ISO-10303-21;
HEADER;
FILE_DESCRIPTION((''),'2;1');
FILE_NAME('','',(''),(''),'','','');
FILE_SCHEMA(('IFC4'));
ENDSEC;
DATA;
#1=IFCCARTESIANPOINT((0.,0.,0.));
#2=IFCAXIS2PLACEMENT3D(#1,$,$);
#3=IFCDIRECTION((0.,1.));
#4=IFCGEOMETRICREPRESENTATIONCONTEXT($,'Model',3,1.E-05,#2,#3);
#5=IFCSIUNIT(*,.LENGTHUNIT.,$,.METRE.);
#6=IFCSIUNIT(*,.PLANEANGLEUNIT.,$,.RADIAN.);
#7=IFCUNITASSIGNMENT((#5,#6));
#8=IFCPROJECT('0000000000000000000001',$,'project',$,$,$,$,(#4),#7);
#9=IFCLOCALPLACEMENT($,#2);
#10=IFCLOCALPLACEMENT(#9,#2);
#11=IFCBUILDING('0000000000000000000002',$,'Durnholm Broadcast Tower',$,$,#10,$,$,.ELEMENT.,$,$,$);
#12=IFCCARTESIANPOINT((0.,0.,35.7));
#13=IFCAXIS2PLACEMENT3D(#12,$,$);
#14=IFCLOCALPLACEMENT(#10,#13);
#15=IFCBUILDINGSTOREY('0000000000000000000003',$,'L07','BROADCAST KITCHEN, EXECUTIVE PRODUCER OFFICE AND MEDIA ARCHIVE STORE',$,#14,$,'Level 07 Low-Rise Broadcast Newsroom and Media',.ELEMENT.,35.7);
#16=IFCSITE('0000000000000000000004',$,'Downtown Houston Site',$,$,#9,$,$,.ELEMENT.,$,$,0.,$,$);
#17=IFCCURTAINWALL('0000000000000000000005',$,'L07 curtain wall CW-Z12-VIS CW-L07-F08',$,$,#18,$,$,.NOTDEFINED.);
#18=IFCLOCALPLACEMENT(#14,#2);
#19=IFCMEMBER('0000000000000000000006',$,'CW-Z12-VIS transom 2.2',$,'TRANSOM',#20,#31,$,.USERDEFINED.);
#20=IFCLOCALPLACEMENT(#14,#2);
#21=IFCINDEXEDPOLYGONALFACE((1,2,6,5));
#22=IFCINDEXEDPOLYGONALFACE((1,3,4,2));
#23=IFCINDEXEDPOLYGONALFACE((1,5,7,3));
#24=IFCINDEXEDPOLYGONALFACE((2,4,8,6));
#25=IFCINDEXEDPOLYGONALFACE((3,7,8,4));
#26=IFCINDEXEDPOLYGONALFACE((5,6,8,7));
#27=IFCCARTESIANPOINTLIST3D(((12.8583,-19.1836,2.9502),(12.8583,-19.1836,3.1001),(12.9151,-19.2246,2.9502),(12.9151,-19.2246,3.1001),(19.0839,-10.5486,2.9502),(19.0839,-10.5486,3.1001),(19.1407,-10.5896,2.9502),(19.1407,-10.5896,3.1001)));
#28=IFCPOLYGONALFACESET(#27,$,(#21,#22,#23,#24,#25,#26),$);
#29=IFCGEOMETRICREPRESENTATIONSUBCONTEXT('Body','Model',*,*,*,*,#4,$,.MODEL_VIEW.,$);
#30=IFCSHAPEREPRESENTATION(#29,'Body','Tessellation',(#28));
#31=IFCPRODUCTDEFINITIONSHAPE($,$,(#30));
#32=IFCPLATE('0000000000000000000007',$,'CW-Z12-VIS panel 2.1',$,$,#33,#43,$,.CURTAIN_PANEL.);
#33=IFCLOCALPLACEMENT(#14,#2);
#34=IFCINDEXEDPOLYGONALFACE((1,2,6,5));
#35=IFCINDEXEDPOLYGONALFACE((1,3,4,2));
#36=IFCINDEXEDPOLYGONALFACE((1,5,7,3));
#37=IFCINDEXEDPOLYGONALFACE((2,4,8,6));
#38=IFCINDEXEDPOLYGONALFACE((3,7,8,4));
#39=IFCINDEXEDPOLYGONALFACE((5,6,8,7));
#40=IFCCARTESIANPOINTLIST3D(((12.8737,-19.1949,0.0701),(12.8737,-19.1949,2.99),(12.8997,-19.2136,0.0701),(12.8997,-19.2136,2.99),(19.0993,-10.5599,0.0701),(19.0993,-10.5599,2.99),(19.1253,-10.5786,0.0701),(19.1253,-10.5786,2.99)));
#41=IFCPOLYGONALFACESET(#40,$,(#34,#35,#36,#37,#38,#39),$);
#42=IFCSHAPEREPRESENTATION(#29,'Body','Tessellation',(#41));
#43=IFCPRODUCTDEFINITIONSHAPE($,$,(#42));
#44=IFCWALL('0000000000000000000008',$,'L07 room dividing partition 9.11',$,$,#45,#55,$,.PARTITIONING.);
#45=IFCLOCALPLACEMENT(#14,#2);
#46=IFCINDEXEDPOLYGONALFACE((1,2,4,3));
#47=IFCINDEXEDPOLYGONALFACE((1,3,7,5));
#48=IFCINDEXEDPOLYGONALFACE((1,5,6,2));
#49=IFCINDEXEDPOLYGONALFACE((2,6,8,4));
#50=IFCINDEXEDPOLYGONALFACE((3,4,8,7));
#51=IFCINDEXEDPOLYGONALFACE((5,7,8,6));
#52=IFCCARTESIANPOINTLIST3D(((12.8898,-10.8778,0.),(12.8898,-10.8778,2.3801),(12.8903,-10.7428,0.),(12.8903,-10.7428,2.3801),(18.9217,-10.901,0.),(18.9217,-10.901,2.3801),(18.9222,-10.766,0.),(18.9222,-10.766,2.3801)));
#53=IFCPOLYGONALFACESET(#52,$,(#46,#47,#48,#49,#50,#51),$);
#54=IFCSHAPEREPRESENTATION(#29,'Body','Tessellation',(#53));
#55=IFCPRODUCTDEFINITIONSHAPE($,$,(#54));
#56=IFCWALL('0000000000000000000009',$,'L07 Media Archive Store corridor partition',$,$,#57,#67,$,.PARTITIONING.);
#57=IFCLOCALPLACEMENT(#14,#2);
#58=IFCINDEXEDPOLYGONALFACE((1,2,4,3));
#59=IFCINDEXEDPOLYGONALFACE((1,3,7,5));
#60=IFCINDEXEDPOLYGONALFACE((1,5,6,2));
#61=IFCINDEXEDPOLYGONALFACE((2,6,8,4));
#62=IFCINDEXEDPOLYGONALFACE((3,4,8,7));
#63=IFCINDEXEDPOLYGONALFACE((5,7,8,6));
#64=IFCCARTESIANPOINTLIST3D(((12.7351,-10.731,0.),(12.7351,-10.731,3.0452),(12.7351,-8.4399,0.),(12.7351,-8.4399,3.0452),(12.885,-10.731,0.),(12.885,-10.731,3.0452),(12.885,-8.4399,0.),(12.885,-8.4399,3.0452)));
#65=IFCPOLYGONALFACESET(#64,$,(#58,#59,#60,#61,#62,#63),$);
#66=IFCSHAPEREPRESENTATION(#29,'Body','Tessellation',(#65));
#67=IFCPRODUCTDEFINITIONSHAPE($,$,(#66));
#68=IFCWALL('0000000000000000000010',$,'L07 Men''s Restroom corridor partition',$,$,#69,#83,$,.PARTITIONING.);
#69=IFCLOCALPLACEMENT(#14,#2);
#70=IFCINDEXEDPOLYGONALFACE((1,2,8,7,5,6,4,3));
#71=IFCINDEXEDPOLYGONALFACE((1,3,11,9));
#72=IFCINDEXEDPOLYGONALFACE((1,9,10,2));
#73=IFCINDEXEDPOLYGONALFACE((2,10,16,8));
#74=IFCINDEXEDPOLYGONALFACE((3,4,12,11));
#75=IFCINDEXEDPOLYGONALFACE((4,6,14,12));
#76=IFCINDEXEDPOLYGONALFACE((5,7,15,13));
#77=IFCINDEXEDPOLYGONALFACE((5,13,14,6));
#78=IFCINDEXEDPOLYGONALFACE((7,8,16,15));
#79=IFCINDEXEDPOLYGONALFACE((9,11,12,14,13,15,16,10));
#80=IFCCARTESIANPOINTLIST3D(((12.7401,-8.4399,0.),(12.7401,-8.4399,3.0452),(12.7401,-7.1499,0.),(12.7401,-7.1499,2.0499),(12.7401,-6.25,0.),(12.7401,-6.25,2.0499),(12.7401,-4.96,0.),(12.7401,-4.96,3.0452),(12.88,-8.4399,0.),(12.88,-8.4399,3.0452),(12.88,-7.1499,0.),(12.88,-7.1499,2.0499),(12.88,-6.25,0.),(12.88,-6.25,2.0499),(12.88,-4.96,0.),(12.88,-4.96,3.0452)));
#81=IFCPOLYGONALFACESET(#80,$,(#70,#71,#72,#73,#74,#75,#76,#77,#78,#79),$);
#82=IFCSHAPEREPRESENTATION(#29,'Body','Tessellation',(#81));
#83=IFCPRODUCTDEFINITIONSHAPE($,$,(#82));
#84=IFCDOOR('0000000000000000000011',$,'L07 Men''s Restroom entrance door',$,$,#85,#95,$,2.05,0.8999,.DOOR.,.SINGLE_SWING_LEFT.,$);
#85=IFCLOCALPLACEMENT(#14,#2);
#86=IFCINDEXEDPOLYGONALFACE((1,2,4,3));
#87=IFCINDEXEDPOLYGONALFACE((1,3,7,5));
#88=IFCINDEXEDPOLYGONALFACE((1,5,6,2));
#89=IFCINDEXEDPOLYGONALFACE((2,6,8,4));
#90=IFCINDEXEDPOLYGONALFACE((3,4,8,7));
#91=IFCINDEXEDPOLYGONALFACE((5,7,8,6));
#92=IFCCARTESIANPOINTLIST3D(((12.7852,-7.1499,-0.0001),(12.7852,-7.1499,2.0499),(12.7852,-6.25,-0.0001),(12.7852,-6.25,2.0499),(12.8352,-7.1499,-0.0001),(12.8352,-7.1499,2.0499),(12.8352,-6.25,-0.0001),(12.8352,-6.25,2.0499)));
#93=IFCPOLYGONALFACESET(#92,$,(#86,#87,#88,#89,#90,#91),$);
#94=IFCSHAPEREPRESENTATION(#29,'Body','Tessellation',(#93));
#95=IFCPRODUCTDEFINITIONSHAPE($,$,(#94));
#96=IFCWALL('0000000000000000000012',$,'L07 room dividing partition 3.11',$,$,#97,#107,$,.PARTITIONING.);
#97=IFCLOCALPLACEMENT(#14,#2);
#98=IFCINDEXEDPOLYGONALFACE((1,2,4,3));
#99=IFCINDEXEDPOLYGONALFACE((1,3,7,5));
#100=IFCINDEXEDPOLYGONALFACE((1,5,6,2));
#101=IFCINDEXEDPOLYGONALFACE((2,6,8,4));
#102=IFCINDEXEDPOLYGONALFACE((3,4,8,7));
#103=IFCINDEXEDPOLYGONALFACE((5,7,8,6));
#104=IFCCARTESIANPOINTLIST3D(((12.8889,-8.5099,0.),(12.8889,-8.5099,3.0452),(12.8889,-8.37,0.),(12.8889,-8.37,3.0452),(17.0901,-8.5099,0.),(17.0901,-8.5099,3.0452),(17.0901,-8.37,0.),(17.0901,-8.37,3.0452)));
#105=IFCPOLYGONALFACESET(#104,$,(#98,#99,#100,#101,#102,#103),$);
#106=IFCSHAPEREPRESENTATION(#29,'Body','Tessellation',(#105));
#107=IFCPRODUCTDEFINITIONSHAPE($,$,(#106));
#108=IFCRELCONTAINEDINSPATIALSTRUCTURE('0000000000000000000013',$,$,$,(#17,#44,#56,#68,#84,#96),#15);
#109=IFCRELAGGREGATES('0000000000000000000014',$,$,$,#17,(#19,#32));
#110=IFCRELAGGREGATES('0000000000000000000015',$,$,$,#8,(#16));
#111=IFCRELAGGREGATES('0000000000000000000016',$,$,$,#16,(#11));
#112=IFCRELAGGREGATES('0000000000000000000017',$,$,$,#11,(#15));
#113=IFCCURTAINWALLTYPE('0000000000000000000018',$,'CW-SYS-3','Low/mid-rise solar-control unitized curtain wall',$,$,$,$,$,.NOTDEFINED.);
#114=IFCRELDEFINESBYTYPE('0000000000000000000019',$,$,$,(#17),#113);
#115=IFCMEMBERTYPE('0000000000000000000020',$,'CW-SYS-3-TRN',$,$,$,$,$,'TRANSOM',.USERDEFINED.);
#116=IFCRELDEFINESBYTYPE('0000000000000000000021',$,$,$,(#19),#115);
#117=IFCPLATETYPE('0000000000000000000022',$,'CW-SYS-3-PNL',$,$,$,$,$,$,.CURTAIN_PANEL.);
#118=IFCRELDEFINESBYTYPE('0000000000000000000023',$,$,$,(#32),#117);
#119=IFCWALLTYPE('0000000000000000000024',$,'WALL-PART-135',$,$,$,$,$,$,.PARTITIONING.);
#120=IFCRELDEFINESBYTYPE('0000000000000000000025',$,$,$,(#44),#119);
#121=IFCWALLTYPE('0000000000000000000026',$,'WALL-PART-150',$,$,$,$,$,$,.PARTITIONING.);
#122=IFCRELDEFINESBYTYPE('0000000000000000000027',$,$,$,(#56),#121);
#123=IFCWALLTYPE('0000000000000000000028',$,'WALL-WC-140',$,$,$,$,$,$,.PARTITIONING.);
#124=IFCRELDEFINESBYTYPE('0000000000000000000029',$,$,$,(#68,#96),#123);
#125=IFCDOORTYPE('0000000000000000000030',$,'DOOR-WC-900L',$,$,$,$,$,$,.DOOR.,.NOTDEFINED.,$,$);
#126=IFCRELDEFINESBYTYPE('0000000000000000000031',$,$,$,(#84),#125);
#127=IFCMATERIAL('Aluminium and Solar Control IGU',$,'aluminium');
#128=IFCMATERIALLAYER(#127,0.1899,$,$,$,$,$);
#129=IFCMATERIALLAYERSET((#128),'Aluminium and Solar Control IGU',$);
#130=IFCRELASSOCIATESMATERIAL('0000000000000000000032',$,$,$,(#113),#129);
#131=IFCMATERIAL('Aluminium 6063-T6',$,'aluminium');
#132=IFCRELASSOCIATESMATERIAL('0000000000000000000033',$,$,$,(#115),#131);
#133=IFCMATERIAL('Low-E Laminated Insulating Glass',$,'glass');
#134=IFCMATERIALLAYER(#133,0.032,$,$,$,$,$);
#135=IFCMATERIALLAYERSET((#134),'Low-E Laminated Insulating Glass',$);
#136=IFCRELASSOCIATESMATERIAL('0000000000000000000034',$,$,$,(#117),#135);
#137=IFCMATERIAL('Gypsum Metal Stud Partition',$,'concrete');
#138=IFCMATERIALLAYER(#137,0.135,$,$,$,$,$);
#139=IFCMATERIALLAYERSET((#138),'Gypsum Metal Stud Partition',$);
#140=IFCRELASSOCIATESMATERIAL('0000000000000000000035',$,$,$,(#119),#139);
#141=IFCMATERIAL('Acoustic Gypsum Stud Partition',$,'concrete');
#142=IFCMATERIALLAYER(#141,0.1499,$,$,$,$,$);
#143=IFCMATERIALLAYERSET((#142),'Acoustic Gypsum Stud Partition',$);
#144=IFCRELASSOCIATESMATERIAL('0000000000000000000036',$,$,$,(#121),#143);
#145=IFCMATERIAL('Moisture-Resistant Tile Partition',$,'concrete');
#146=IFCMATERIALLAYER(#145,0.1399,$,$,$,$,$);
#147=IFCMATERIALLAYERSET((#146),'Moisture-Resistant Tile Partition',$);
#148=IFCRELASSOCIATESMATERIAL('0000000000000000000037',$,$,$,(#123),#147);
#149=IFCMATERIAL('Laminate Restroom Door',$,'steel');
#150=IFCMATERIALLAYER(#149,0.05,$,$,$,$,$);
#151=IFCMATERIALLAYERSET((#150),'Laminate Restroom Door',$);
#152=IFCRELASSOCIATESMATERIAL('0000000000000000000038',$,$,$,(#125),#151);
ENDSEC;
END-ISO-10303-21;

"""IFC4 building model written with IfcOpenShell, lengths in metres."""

from ifc_helpers import new_model, si_unit, direction, frame, frame_2d, origin, origin_2d, place, context, subcontext, project, spatial, rectangle, extrude, source, transform, mapped, material, layer, layer_set, material_profile, profile_set, type_object, type_shapes, element, fill, aggregate, save


model = new_model("IFC4")

# Units and contexts
model_context = context("Model", 3, precision=1e-05, world=origin(), true_north=direction((0.0, 1.0)))
body_context = subcontext(model_context, "Body", "Model", "MODEL_VIEW")
ifc_project = project(units=[si_unit("LENGTHUNIT", "METRE"), si_unit("PLANEANGLEUNIT", "RADIAN")], contexts=[model_context])

# Site, building, storey
site_placement = place(None, origin())
site = spatial("IfcSite", under=ifc_project, at=site_placement, Name="Downtown Houston Site", CompositionType="ELEMENT", RefElevation=0.0)
building_placement = place(site_placement, origin())
building = spatial("IfcBuilding", under=site, at=building_placement, Name="Durnholm Broadcast Tower", CompositionType="ELEMENT")
storey_placement = place(building_placement, frame((0.0, 0.0, 35.7)))
storey = spatial("IfcBuildingStorey", under=building, at=storey_placement, Name="L07", Description="BROADCAST KITCHEN, EXECUTIVE PRODUCER OFFICE AND MEDIA ARCHIVE STORE", LongName="Level 07 Low-Rise Broadcast Newsroom and Media", CompositionType="ELEMENT", Elevation=35.7)

# Shared definitions
ifc_material_1 = material(Name="Aluminium and Solar Control IGU", Category="aluminium")
ifc_material_2 = material(Name="Aluminium 6063-T6", Category="aluminium")

# Curtain wall, member, plate
ifc_layer_1 = layer(ifc_material_1, 0.1899)
ifc_layer_set_1 = layer_set([ifc_layer_1], Name="Aluminium and Solar Control IGU")
curtain_wall_type_1 = type_object("IfcCurtainWallType", Name="CW-SYS-3", Description="Low/mid-rise solar-control unitized curtain wall", PredefinedType="NOTDEFINED", material=ifc_layer_set_1)
curtain_wall_1_placement = place(storey_placement, origin())
curtain_wall_1 = element("IfcCurtainWall", 1, at=curtain_wall_1_placement, inside=storey, type_object=curtain_wall_type_1, Name="L07 curtain wall CW-Z12-VIS CW-L07-F08", PredefinedType="NOTDEFINED")
ifc_material_profile_1 = material_profile(ifc_material_2, rectangle(XDim=0.0701, YDim=0.1499, at=origin_2d()), Name="CWT70X150")
ifc_profile_set_1 = profile_set([ifc_material_profile_1], Name="Aluminium 6063-T6")
member_type_1 = type_object("IfcMemberType", Name="CW-SYS-3-TRN", ElementType="TRANSOM", PredefinedType="USERDEFINED", material=ifc_profile_set_1)
shared_shape_1 = source(origin(), body_context, "Body", "SweptSolid", [
    extrude(rectangle(XDim=0.0701, YDim=0.1499, at=origin_2d()), origin(), (0.0, 0.0, 1.0), 10.6453),
])
type_shapes(member_type_1, [shared_shape_1])
member_1_placement = place(storey_placement, frame((19.1123, -10.5691, 3.0251), z_axis=(-0.584823, -0.811161, 0.0), x_axis=(0.811161, -0.584823, 0.0)))
member_1 = element("IfcMember", 2, at=member_1_placement, type_object=member_type_1, Name="CW-Z12-VIS transom 2.2", ObjectType="TRANSOM", PredefinedType="USERDEFINED", context=body_context, shape_type="MappedRepresentation", body=[
    mapped(shared_shape_1, transform((0.0, 0.0, 0.0), x_axis=(1.0, 0.0, 0.0), y_axis=(0.0, 1.0, 0.0), z_axis=(0.0, 0.0, 1.0), scale=1.0)),
])
ifc_material_3 = material(Name="Low-E Laminated Insulating Glass", Category="glass")
ifc_layer_2 = layer(ifc_material_3, 0.032)
ifc_layer_set_2 = layer_set([ifc_layer_2], Name="Low-E Laminated Insulating Glass")
plate_type = type_object("IfcPlateType", Name="CW-SYS-3-PNL", PredefinedType="CURTAIN_PANEL", material=ifc_layer_set_2)
shared_shape_2 = source(origin(), body_context, "Body", "SweptSolid", [
    extrude(rectangle(XDim=10.6453, YDim=0.032, at=origin_2d()), origin(), (0.0, 0.0, 1.0), 2.9199),
])
type_shapes(plate_type, [shared_shape_2])
plate_placement = place(storey_placement, frame((15.9995, -14.8867, 0.0701), z_axis=(0.0, 0.0, 1.0), x_axis=(-0.584823, -0.811161, 0.0)))
plate = element("IfcPlate", 3, at=plate_placement, type_object=plate_type, Name="CW-Z12-VIS panel 2.1", PredefinedType="CURTAIN_PANEL", context=body_context, shape_type="MappedRepresentation", body=[
    mapped(shared_shape_2, transform((0.0, 0.0, 0.0), x_axis=(1.0, 0.0, 0.0), y_axis=(0.0, 1.0, 0.0), z_axis=(0.0, 0.0, 1.0), scale=1.0)),
])
aggregate(curtain_wall_1, [member_1, plate])

# Walls
ifc_material_4 = material(Name="Gypsum Metal Stud Partition", Category="concrete")
ifc_layer_3 = layer(ifc_material_4, 0.135)
ifc_layer_set_3 = layer_set([ifc_layer_3], Name="Gypsum Metal Stud Partition")
wall_type_1 = type_object("IfcWallType", Name="WALL-PART-135", PredefinedType="PARTITIONING", material=ifc_layer_set_3)
wall_1_placement = place(storey_placement, frame((12.8899, -10.8103, 0.0), z_axis=(0.0, 0.0, 1.0), x_axis=(0.999993, -0.003845, 0.0)))
element("IfcWall", 4, at=wall_1_placement, inside=storey, type_object=wall_type_1, Name="L07 room dividing partition 9.11", PredefinedType="PARTITIONING", context=body_context, shape_type="SweptSolid", body=[
    extrude(rectangle(XDim=6.032, YDim=0.135, at=frame_2d((3.0161, 0.0))), origin(), (0.0, 0.0, 1.0), 2.3801),
])
ifc_material_5 = material(Name="Acoustic Gypsum Stud Partition", Category="concrete")
ifc_layer_4 = layer(ifc_material_5, 0.1499)
ifc_layer_set_4 = layer_set([ifc_layer_4], Name="Acoustic Gypsum Stud Partition")
wall_type_2 = type_object("IfcWallType", Name="WALL-PART-150", PredefinedType="PARTITIONING", material=ifc_layer_set_4)
wall_2_placement = place(storey_placement, frame((12.8101, -10.731, 0.0), z_axis=(0.0, 0.0, 1.0), x_axis=(0.0, 1.0, 0.0)))
element("IfcWall", 5, at=wall_2_placement, inside=storey, type_object=wall_type_2, Name="L07 Media Archive Store corridor partition", PredefinedType="PARTITIONING", context=body_context, shape_type="SweptSolid", body=[
    extrude(rectangle(XDim=2.291, YDim=0.1499, at=frame_2d((1.1455, 0.0))), origin(), (0.0, 0.0, 1.0), 3.0452),
])

# Wall, opening, door
ifc_material_6 = material(Name="Moisture-Resistant Tile Partition", Category="concrete")
ifc_layer_5 = layer(ifc_material_6, 0.1399)
ifc_layer_set_5 = layer_set([ifc_layer_5], Name="Moisture-Resistant Tile Partition")
wall_type_3 = type_object("IfcWallType", Name="WALL-WC-140", PredefinedType="PARTITIONING", material=ifc_layer_set_5)
wall_3_placement = place(storey_placement, frame((12.8101, -8.4399, 0.0), z_axis=(0.0, 0.0, 1.0), x_axis=(0.0, 1.0, 0.0)))
wall_3 = element("IfcWall", 6, at=wall_3_placement, inside=storey, type_object=wall_type_3, Name="L07 Men's Restroom corridor partition", PredefinedType="PARTITIONING", context=body_context, shape_type="SweptSolid", body=[
    extrude(rectangle(XDim=3.48, YDim=0.1399, at=frame_2d((1.74, 0.0))), origin(), (0.0, 0.0, 1.0), 3.0452),
])
opening_placement = place(wall_3_placement, frame((1.29, 0.0, 0.0)))
opening = element("IfcOpeningElement", 7, at=opening_placement, cuts=wall_3, PredefinedType="OPENING", context=body_context, shape_type="SweptSolid", body=[
    extrude(rectangle(XDim=0.8999, YDim=2.05, at=frame_2d((0.45, 1.0249))), frame((0.0, 0.0801, 0.0), z_axis=(0.0, -1.0, 0.0), x_axis=(1.0, 0.0, 0.0)), (0.0, 0.0, 1.0), 0.1599),
])
ifc_material_7 = material(Name="Laminate Restroom Door", Category="steel")
ifc_layer_6 = layer(ifc_material_7, 0.05)
ifc_layer_set_6 = layer_set([ifc_layer_6], Name="Laminate Restroom Door")
door_type = type_object("IfcDoorType", Name="DOOR-WC-900L", OperationType="NOTDEFINED", PredefinedType="DOOR", material=ifc_layer_set_6)
shared_shape_3 = source(origin(), body_context, "Body", "SweptSolid", [
    extrude(rectangle(XDim=0.8999, YDim=2.05, at=frame_2d((0.45, 1.0249))), frame((0.0, 0.0249, 0.0), z_axis=(0.0, -1.0, 0.0), x_axis=(1.0, 0.0, 0.0)), (0.0, 0.0, 1.0), 0.05),
])
type_shapes(door_type, [shared_shape_3])
door_placement = place(opening_placement, origin())
door = element("IfcDoor", 8, at=door_placement, inside=storey, type_object=door_type, Name="L07 Men's Restroom entrance door", OperationType="SINGLE_SWING_LEFT", OverallHeight=2.05, OverallWidth=0.8999, PredefinedType="DOOR", context=body_context, shape_type="MappedRepresentation", body=[
    mapped(shared_shape_3, transform((0.0, 0.0, 0.0), x_axis=(1.0, 0.0, 0.0), y_axis=(0.0, 1.0, 0.0), z_axis=(0.0, 0.0, 1.0), scale=1.0)),
])
fill(opening, door)

# Wall
wall_4_placement = place(storey_placement, frame((17.0901, -8.4399, 0.0), z_axis=(0.0, 0.0, 1.0), x_axis=(-1.0, 0.0, 0.0)))
element("IfcWall", 9, at=wall_4_placement, inside=storey, type_object=wall_type_3, Name="L07 room dividing partition 3.11", PredefinedType="PARTITIONING", context=body_context, shape_type="SweptSolid", body=[
    extrude(rectangle(XDim=4.2012, YDim=0.1399, at=frame_2d((2.1006, 0.0))), origin(), (0.0, 0.0, 1.0), 3.0452),
])

save(model, "model.ifc")
